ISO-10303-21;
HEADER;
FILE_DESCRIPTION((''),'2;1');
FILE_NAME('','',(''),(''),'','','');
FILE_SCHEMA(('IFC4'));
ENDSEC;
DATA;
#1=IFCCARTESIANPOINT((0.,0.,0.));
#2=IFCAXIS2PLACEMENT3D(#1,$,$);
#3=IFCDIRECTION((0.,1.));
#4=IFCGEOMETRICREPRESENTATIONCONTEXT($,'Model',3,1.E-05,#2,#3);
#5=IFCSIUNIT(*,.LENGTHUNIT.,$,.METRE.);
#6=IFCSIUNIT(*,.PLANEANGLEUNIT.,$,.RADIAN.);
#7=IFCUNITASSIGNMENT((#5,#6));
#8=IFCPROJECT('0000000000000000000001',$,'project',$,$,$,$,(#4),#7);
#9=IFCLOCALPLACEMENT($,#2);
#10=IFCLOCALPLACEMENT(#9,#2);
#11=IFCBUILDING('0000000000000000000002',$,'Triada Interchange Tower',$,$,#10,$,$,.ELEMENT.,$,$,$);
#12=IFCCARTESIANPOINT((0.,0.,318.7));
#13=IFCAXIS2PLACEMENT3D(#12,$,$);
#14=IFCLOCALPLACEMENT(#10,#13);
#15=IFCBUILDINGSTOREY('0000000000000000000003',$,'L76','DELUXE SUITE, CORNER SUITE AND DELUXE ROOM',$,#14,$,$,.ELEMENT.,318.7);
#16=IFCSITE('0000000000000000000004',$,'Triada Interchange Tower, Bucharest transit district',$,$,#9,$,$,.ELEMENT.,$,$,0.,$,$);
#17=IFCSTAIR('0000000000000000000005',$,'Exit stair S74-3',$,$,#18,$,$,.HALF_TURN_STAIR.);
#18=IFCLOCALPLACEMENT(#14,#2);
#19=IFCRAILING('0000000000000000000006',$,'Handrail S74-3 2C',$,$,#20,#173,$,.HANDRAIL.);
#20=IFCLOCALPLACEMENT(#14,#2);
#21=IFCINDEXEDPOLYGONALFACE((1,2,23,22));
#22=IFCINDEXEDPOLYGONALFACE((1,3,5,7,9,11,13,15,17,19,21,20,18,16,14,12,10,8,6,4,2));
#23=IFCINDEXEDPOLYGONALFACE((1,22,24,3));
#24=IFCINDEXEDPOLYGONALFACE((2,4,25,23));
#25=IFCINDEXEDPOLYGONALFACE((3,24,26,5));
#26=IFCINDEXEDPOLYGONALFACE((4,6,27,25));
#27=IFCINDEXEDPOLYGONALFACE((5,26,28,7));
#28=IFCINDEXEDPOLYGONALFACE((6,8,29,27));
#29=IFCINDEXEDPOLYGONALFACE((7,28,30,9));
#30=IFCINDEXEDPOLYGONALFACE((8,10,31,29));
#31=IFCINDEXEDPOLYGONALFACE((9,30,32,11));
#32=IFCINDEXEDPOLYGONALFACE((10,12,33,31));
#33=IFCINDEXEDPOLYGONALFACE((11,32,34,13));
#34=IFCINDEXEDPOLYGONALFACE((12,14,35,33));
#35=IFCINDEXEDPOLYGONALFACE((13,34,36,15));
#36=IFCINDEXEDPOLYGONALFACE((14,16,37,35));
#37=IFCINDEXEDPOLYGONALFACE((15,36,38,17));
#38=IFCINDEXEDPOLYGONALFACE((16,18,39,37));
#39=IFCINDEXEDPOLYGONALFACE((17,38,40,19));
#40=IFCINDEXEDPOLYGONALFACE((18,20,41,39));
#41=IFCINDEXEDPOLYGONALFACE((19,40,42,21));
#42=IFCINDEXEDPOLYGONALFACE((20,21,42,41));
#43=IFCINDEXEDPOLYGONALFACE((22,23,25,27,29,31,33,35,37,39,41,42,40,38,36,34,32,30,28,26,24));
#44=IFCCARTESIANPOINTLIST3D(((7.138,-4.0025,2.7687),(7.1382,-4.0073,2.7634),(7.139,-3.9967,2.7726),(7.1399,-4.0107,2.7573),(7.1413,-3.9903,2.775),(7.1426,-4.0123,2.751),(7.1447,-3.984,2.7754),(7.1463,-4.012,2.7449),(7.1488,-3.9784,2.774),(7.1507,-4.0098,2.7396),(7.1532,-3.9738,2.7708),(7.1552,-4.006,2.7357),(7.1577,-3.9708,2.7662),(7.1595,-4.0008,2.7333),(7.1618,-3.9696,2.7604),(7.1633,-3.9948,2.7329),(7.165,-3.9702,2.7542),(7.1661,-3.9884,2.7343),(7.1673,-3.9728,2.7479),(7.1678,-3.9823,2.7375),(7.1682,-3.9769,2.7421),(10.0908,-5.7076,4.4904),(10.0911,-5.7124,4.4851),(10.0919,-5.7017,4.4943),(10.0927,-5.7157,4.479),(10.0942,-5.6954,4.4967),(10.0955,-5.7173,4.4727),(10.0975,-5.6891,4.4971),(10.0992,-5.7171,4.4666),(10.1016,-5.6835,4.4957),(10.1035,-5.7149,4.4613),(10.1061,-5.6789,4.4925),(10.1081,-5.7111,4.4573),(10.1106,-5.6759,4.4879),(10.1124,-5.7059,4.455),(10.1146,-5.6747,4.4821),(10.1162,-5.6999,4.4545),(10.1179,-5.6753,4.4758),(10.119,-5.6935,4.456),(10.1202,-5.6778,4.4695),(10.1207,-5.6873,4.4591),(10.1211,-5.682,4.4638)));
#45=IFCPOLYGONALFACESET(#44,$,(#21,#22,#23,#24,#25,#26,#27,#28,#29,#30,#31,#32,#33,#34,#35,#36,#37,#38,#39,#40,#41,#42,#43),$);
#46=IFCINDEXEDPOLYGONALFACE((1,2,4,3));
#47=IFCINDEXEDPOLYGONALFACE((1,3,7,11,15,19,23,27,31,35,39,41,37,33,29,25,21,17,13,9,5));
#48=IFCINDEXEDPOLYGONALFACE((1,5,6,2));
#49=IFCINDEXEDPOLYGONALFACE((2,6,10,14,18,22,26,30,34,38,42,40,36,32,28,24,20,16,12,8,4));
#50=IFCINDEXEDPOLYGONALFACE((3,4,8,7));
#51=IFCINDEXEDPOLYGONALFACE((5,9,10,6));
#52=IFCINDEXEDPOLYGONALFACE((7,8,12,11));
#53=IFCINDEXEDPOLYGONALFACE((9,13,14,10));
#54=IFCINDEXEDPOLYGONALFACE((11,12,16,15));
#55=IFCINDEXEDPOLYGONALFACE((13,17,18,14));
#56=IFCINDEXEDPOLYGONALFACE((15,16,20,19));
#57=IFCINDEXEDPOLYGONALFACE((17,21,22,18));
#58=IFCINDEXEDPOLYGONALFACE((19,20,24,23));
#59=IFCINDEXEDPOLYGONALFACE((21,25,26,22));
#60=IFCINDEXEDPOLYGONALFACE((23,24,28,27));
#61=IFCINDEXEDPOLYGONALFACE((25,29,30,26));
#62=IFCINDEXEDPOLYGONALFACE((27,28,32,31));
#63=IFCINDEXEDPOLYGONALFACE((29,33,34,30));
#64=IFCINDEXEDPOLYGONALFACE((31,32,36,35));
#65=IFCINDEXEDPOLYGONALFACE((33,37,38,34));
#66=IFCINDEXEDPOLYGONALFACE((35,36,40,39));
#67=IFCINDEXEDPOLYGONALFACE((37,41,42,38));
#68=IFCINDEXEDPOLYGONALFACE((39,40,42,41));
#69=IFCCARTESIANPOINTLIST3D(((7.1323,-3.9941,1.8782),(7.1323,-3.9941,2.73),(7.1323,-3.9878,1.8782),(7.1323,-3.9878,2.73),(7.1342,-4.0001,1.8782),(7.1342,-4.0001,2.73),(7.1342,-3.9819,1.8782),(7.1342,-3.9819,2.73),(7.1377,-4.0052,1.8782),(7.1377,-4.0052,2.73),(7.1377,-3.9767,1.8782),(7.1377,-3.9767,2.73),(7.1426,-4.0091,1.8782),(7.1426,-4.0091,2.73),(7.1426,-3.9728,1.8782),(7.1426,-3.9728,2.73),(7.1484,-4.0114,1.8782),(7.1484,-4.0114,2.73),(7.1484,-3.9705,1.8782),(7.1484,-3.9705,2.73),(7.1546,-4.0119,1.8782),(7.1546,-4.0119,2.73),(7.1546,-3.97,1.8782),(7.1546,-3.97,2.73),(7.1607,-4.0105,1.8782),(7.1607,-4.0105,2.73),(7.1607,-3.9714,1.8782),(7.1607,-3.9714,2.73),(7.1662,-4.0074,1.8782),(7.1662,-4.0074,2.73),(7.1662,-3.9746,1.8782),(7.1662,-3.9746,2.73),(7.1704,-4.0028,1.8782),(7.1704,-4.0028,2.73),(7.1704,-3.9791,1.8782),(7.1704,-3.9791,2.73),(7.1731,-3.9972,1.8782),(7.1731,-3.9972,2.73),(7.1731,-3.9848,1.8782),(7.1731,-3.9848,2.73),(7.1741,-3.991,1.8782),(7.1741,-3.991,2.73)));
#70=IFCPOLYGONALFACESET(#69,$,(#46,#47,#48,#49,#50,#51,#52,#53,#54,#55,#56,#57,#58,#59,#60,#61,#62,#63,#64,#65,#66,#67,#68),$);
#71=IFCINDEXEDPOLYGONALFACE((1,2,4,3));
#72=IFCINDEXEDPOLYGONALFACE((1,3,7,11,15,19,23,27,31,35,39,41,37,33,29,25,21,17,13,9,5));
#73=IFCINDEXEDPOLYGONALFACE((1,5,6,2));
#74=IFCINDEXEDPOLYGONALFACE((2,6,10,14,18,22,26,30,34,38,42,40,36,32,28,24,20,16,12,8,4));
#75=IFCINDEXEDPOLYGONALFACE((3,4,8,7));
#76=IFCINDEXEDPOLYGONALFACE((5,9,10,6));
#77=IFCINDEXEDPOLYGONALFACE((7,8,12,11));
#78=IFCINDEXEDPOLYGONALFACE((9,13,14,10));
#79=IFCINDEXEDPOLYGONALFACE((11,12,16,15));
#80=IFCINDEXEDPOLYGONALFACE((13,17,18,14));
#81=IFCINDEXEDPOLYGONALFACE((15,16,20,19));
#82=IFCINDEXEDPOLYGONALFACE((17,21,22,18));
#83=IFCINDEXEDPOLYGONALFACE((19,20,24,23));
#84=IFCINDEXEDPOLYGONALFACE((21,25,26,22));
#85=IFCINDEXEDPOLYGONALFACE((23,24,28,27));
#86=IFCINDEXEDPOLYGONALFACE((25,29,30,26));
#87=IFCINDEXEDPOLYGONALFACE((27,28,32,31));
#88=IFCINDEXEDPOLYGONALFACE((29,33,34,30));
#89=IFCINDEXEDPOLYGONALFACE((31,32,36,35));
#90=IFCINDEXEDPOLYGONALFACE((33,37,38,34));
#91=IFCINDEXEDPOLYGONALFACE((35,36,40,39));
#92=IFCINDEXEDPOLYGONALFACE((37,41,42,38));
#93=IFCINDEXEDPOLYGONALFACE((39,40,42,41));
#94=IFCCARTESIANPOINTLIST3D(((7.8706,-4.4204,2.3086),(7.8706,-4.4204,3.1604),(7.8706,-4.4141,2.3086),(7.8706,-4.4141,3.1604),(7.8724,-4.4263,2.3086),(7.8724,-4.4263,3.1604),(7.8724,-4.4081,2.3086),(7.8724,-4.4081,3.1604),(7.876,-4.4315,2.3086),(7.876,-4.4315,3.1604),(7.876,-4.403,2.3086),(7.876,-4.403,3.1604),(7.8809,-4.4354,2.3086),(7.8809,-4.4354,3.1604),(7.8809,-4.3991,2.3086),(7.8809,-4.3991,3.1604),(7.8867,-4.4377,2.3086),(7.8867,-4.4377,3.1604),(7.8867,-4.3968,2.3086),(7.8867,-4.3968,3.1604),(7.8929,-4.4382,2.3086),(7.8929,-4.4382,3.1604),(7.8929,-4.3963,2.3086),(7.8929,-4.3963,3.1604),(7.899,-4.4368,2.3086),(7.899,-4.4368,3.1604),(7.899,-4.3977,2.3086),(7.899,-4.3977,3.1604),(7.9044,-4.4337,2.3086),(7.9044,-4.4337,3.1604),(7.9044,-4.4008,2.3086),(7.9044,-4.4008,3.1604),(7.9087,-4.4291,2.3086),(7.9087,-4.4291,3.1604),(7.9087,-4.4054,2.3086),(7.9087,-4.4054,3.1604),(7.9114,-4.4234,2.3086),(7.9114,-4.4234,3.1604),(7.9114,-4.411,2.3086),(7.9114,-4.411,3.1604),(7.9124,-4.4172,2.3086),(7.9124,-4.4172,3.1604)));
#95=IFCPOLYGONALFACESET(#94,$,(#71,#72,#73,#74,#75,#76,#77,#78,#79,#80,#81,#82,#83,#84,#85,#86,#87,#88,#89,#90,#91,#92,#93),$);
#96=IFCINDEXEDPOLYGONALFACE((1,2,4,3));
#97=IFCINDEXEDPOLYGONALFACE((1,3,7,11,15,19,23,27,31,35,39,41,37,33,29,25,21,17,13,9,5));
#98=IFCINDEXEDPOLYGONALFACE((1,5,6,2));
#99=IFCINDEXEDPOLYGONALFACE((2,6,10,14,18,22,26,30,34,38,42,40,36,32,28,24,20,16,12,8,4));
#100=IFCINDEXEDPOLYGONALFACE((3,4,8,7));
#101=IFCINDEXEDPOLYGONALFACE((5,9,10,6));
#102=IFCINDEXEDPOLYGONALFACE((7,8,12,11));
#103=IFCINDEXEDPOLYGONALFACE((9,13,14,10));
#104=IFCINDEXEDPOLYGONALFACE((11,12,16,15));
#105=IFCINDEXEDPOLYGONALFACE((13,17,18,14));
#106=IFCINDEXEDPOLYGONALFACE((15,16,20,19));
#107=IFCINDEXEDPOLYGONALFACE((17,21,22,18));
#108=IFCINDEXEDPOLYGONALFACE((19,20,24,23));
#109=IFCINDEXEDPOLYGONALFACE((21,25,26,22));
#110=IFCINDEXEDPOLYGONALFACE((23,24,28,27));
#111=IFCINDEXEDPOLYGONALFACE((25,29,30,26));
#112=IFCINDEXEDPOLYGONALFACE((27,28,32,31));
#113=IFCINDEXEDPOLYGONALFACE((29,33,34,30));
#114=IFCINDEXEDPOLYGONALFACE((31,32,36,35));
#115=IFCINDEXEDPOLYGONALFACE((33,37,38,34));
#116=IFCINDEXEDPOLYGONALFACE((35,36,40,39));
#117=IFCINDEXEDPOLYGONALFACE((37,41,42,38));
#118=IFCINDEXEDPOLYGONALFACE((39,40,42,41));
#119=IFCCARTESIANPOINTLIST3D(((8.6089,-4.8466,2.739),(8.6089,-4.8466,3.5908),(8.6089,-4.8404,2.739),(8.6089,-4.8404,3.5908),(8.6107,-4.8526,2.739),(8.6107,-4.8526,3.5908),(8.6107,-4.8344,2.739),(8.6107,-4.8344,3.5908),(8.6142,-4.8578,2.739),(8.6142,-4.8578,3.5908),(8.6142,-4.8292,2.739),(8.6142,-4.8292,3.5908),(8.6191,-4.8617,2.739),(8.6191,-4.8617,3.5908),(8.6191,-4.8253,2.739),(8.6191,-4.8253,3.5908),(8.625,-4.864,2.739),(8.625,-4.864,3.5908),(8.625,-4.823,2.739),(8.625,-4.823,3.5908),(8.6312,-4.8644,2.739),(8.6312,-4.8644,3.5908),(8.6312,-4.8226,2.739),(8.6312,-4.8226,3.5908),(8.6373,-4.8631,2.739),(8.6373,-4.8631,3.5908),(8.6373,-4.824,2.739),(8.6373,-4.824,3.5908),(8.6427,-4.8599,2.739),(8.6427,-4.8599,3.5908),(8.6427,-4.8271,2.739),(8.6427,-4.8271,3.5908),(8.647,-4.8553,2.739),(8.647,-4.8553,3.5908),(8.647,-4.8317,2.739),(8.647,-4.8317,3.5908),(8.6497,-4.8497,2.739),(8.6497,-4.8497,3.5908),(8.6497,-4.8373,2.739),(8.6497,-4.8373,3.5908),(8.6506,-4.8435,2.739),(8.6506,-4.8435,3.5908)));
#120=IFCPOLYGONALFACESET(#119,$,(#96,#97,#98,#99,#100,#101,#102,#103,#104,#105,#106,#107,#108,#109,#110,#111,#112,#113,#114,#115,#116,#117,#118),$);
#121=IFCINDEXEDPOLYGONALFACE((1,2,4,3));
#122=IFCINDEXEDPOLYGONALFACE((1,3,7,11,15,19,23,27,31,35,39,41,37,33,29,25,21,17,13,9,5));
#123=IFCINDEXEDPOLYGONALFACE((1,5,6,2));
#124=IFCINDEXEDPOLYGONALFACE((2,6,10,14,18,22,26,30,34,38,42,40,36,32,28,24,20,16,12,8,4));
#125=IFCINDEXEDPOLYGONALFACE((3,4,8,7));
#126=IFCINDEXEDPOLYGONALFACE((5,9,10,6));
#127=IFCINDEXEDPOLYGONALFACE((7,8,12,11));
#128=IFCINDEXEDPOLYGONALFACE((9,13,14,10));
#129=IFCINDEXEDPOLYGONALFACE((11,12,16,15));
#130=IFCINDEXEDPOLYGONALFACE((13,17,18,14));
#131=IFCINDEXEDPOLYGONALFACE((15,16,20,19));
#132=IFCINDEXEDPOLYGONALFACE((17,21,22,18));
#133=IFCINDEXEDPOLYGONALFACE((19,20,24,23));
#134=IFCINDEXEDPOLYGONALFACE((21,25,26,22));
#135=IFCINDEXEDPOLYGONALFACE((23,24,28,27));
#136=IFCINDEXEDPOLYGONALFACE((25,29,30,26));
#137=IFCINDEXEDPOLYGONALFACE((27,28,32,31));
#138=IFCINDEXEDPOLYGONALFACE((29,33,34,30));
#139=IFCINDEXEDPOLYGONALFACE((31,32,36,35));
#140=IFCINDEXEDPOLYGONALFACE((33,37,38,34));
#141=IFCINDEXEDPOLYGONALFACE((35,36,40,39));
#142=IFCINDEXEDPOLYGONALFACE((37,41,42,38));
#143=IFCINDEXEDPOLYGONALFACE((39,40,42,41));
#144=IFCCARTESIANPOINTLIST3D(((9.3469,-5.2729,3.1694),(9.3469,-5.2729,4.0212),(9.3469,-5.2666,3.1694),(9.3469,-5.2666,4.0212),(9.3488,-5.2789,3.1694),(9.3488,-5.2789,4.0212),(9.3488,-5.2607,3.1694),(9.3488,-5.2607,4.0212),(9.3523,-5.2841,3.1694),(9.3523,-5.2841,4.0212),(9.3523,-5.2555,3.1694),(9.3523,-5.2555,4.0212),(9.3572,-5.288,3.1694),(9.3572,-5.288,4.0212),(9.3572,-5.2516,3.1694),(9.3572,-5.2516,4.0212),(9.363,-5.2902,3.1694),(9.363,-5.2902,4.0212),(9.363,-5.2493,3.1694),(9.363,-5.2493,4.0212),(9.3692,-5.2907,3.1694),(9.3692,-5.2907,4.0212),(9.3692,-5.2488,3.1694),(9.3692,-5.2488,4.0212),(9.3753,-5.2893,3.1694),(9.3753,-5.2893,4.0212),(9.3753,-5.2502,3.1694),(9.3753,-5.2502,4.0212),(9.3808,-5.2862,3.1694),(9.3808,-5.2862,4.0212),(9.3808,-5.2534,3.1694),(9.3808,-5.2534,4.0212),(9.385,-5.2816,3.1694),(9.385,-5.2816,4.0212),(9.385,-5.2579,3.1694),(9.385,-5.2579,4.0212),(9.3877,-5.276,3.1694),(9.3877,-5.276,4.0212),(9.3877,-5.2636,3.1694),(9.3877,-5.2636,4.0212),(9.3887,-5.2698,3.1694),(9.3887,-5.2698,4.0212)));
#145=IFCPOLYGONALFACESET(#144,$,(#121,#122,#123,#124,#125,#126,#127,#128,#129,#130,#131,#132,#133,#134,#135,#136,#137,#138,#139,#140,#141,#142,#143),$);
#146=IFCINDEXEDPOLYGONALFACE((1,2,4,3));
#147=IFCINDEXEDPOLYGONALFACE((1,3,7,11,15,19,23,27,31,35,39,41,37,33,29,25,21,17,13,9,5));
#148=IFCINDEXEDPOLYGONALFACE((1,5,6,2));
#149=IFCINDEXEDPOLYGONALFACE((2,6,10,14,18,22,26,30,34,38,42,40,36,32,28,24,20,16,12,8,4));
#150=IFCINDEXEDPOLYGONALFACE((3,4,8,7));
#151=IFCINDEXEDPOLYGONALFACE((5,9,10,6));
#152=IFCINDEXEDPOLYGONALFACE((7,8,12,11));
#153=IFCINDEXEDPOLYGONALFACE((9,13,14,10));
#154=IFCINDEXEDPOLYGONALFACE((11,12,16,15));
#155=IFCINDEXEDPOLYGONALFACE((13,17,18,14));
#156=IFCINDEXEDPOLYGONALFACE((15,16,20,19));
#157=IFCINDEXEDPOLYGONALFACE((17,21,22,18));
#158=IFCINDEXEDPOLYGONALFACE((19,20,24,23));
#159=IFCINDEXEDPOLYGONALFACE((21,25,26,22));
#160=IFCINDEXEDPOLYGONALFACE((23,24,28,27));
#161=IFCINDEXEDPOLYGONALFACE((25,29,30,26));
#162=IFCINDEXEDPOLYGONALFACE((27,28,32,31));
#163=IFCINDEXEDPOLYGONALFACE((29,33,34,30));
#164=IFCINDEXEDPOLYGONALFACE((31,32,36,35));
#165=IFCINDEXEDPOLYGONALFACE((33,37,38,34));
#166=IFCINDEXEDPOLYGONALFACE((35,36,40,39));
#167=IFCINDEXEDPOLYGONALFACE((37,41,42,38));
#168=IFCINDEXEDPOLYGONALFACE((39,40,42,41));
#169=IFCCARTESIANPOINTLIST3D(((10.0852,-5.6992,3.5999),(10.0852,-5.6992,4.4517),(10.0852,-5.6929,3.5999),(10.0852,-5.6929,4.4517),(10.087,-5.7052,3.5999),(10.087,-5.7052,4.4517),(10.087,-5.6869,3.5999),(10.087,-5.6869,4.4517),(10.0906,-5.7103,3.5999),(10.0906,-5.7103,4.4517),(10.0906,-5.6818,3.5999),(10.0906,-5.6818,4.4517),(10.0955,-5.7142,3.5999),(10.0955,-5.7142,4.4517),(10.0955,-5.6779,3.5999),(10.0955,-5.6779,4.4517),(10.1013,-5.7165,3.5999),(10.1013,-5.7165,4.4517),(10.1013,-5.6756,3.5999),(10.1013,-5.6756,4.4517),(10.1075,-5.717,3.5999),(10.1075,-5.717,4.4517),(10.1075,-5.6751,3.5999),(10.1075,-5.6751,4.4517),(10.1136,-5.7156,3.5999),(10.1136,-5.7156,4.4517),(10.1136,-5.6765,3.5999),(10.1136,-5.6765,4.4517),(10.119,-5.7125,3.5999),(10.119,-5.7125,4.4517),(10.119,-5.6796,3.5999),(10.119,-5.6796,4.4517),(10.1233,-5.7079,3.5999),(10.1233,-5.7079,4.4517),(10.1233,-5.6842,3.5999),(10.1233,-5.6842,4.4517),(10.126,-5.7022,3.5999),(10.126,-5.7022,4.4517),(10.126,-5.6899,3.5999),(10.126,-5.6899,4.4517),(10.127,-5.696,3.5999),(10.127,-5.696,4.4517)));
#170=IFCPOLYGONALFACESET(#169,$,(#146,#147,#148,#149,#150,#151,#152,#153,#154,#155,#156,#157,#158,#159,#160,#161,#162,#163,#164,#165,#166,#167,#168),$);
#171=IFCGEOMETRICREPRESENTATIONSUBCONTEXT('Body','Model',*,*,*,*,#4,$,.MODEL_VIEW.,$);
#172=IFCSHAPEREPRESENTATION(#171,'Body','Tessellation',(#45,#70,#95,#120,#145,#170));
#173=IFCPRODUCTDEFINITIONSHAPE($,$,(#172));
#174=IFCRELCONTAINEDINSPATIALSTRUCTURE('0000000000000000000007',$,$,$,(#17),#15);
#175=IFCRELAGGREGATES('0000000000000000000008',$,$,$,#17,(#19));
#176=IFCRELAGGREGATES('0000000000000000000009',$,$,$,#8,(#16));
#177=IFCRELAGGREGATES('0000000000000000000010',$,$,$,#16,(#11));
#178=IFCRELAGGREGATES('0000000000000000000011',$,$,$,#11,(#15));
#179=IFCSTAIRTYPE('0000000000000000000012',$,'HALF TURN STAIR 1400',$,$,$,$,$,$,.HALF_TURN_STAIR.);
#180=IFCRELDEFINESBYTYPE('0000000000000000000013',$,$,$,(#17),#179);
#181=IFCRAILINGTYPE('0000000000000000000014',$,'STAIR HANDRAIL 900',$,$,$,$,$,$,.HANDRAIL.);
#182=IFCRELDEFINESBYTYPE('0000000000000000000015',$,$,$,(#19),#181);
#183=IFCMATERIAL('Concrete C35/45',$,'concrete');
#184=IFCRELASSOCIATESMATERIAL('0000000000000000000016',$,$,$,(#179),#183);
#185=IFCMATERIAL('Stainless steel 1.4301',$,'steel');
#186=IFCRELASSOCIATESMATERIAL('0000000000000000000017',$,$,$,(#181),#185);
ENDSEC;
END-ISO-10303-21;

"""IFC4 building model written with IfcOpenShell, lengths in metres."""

from ifc_helpers import new_model, si_unit, direction, frame, origin, origin_2d, place, context, subcontext, project, spatial, circle, extrude, material, type_object, element, aggregate, save


model = new_model("IFC4")

# Units and contexts
model_context = context("Model", 3, precision=1e-05, world=origin(), true_north=direction((0.0, 1.0)))
body_context = subcontext(model_context, "Body", "Model", "MODEL_VIEW")
ifc_project = project(units=[si_unit("LENGTHUNIT", "METRE"), si_unit("PLANEANGLEUNIT", "RADIAN")], contexts=[model_context])

# Site, building, storey
site_placement = place(None, origin())
site = spatial("IfcSite", under=ifc_project, at=site_placement, Name="Triada Interchange Tower, Bucharest transit district", CompositionType="ELEMENT", RefElevation=0.0)
building_placement = place(site_placement, origin())
building = spatial("IfcBuilding", under=site, at=building_placement, Name="Triada Interchange Tower", CompositionType="ELEMENT")
storey_placement = place(building_placement, frame((0.0, 0.0, 318.7)))
storey = spatial("IfcBuildingStorey", under=building, at=storey_placement, Name="L76", Description="DELUXE SUITE, CORNER SUITE AND DELUXE ROOM", CompositionType="ELEMENT", Elevation=318.7)

# Stair, railing
ifc_material_1 = material(Name="Concrete C35/45", Category="concrete")
stair_type = type_object("IfcStairType", Name="HALF TURN STAIR 1400", PredefinedType="HALF_TURN_STAIR", material=ifc_material_1)
stair_placement = place(storey_placement, origin())
stair = element("IfcStair", 1, at=stair_placement, inside=storey, type_object=stair_type, Name="Exit stair S74-3", PredefinedType="HALF_TURN_STAIR")
ifc_material_2 = material(Name="Stainless steel 1.4301", Category="steel")
railing_type = type_object("IfcRailingType", Name="STAIR HANDRAIL 900", PredefinedType="HANDRAIL", material=ifc_material_2)
railing_1_placement = place(storey_placement, frame((7.1531, -3.991, 1.8782)))
railing_1 = element("IfcRailing", 2, at=railing_1_placement, type_object=railing_type, Name="Handrail S74-3 2C", PredefinedType="HANDRAIL", context=body_context, shape_type="SweptSolid", body=[
    extrude(circle(Radius=0.0239, at=origin_2d()), frame((0.0, 0.0, 0.876), z_axis=(0.773043, -0.446377, 0.450723), x_axis=(0.500051, 0.865996, 0.0)), (0.0, 0.0, 1.0), 3.8198),
    extrude(circle(Radius=0.021, at=origin_2d()), origin(), (0.0, 0.0, 1.0), 0.8518),
    extrude(circle(Radius=0.021, at=origin_2d()), frame((0.7383, -0.4263, 0.4304)), (0.0, 0.0, 1.0), 0.8518),
    extrude(circle(Radius=0.021, at=origin_2d()), frame((1.4766, -0.8525, 0.8608)), (0.0, 0.0, 1.0), 0.8518),
    extrude(circle(Radius=0.021, at=origin_2d()), frame((2.2146, -1.2788, 1.2913)), (0.0, 0.0, 1.0), 0.8518),
    extrude(circle(Radius=0.021, at=origin_2d()), frame((2.9529, -1.7051, 1.7217)), (0.0, 0.0, 1.0), 0.8518),
])
aggregate(stair, [railing_1])

save(model, "model.ifc")
